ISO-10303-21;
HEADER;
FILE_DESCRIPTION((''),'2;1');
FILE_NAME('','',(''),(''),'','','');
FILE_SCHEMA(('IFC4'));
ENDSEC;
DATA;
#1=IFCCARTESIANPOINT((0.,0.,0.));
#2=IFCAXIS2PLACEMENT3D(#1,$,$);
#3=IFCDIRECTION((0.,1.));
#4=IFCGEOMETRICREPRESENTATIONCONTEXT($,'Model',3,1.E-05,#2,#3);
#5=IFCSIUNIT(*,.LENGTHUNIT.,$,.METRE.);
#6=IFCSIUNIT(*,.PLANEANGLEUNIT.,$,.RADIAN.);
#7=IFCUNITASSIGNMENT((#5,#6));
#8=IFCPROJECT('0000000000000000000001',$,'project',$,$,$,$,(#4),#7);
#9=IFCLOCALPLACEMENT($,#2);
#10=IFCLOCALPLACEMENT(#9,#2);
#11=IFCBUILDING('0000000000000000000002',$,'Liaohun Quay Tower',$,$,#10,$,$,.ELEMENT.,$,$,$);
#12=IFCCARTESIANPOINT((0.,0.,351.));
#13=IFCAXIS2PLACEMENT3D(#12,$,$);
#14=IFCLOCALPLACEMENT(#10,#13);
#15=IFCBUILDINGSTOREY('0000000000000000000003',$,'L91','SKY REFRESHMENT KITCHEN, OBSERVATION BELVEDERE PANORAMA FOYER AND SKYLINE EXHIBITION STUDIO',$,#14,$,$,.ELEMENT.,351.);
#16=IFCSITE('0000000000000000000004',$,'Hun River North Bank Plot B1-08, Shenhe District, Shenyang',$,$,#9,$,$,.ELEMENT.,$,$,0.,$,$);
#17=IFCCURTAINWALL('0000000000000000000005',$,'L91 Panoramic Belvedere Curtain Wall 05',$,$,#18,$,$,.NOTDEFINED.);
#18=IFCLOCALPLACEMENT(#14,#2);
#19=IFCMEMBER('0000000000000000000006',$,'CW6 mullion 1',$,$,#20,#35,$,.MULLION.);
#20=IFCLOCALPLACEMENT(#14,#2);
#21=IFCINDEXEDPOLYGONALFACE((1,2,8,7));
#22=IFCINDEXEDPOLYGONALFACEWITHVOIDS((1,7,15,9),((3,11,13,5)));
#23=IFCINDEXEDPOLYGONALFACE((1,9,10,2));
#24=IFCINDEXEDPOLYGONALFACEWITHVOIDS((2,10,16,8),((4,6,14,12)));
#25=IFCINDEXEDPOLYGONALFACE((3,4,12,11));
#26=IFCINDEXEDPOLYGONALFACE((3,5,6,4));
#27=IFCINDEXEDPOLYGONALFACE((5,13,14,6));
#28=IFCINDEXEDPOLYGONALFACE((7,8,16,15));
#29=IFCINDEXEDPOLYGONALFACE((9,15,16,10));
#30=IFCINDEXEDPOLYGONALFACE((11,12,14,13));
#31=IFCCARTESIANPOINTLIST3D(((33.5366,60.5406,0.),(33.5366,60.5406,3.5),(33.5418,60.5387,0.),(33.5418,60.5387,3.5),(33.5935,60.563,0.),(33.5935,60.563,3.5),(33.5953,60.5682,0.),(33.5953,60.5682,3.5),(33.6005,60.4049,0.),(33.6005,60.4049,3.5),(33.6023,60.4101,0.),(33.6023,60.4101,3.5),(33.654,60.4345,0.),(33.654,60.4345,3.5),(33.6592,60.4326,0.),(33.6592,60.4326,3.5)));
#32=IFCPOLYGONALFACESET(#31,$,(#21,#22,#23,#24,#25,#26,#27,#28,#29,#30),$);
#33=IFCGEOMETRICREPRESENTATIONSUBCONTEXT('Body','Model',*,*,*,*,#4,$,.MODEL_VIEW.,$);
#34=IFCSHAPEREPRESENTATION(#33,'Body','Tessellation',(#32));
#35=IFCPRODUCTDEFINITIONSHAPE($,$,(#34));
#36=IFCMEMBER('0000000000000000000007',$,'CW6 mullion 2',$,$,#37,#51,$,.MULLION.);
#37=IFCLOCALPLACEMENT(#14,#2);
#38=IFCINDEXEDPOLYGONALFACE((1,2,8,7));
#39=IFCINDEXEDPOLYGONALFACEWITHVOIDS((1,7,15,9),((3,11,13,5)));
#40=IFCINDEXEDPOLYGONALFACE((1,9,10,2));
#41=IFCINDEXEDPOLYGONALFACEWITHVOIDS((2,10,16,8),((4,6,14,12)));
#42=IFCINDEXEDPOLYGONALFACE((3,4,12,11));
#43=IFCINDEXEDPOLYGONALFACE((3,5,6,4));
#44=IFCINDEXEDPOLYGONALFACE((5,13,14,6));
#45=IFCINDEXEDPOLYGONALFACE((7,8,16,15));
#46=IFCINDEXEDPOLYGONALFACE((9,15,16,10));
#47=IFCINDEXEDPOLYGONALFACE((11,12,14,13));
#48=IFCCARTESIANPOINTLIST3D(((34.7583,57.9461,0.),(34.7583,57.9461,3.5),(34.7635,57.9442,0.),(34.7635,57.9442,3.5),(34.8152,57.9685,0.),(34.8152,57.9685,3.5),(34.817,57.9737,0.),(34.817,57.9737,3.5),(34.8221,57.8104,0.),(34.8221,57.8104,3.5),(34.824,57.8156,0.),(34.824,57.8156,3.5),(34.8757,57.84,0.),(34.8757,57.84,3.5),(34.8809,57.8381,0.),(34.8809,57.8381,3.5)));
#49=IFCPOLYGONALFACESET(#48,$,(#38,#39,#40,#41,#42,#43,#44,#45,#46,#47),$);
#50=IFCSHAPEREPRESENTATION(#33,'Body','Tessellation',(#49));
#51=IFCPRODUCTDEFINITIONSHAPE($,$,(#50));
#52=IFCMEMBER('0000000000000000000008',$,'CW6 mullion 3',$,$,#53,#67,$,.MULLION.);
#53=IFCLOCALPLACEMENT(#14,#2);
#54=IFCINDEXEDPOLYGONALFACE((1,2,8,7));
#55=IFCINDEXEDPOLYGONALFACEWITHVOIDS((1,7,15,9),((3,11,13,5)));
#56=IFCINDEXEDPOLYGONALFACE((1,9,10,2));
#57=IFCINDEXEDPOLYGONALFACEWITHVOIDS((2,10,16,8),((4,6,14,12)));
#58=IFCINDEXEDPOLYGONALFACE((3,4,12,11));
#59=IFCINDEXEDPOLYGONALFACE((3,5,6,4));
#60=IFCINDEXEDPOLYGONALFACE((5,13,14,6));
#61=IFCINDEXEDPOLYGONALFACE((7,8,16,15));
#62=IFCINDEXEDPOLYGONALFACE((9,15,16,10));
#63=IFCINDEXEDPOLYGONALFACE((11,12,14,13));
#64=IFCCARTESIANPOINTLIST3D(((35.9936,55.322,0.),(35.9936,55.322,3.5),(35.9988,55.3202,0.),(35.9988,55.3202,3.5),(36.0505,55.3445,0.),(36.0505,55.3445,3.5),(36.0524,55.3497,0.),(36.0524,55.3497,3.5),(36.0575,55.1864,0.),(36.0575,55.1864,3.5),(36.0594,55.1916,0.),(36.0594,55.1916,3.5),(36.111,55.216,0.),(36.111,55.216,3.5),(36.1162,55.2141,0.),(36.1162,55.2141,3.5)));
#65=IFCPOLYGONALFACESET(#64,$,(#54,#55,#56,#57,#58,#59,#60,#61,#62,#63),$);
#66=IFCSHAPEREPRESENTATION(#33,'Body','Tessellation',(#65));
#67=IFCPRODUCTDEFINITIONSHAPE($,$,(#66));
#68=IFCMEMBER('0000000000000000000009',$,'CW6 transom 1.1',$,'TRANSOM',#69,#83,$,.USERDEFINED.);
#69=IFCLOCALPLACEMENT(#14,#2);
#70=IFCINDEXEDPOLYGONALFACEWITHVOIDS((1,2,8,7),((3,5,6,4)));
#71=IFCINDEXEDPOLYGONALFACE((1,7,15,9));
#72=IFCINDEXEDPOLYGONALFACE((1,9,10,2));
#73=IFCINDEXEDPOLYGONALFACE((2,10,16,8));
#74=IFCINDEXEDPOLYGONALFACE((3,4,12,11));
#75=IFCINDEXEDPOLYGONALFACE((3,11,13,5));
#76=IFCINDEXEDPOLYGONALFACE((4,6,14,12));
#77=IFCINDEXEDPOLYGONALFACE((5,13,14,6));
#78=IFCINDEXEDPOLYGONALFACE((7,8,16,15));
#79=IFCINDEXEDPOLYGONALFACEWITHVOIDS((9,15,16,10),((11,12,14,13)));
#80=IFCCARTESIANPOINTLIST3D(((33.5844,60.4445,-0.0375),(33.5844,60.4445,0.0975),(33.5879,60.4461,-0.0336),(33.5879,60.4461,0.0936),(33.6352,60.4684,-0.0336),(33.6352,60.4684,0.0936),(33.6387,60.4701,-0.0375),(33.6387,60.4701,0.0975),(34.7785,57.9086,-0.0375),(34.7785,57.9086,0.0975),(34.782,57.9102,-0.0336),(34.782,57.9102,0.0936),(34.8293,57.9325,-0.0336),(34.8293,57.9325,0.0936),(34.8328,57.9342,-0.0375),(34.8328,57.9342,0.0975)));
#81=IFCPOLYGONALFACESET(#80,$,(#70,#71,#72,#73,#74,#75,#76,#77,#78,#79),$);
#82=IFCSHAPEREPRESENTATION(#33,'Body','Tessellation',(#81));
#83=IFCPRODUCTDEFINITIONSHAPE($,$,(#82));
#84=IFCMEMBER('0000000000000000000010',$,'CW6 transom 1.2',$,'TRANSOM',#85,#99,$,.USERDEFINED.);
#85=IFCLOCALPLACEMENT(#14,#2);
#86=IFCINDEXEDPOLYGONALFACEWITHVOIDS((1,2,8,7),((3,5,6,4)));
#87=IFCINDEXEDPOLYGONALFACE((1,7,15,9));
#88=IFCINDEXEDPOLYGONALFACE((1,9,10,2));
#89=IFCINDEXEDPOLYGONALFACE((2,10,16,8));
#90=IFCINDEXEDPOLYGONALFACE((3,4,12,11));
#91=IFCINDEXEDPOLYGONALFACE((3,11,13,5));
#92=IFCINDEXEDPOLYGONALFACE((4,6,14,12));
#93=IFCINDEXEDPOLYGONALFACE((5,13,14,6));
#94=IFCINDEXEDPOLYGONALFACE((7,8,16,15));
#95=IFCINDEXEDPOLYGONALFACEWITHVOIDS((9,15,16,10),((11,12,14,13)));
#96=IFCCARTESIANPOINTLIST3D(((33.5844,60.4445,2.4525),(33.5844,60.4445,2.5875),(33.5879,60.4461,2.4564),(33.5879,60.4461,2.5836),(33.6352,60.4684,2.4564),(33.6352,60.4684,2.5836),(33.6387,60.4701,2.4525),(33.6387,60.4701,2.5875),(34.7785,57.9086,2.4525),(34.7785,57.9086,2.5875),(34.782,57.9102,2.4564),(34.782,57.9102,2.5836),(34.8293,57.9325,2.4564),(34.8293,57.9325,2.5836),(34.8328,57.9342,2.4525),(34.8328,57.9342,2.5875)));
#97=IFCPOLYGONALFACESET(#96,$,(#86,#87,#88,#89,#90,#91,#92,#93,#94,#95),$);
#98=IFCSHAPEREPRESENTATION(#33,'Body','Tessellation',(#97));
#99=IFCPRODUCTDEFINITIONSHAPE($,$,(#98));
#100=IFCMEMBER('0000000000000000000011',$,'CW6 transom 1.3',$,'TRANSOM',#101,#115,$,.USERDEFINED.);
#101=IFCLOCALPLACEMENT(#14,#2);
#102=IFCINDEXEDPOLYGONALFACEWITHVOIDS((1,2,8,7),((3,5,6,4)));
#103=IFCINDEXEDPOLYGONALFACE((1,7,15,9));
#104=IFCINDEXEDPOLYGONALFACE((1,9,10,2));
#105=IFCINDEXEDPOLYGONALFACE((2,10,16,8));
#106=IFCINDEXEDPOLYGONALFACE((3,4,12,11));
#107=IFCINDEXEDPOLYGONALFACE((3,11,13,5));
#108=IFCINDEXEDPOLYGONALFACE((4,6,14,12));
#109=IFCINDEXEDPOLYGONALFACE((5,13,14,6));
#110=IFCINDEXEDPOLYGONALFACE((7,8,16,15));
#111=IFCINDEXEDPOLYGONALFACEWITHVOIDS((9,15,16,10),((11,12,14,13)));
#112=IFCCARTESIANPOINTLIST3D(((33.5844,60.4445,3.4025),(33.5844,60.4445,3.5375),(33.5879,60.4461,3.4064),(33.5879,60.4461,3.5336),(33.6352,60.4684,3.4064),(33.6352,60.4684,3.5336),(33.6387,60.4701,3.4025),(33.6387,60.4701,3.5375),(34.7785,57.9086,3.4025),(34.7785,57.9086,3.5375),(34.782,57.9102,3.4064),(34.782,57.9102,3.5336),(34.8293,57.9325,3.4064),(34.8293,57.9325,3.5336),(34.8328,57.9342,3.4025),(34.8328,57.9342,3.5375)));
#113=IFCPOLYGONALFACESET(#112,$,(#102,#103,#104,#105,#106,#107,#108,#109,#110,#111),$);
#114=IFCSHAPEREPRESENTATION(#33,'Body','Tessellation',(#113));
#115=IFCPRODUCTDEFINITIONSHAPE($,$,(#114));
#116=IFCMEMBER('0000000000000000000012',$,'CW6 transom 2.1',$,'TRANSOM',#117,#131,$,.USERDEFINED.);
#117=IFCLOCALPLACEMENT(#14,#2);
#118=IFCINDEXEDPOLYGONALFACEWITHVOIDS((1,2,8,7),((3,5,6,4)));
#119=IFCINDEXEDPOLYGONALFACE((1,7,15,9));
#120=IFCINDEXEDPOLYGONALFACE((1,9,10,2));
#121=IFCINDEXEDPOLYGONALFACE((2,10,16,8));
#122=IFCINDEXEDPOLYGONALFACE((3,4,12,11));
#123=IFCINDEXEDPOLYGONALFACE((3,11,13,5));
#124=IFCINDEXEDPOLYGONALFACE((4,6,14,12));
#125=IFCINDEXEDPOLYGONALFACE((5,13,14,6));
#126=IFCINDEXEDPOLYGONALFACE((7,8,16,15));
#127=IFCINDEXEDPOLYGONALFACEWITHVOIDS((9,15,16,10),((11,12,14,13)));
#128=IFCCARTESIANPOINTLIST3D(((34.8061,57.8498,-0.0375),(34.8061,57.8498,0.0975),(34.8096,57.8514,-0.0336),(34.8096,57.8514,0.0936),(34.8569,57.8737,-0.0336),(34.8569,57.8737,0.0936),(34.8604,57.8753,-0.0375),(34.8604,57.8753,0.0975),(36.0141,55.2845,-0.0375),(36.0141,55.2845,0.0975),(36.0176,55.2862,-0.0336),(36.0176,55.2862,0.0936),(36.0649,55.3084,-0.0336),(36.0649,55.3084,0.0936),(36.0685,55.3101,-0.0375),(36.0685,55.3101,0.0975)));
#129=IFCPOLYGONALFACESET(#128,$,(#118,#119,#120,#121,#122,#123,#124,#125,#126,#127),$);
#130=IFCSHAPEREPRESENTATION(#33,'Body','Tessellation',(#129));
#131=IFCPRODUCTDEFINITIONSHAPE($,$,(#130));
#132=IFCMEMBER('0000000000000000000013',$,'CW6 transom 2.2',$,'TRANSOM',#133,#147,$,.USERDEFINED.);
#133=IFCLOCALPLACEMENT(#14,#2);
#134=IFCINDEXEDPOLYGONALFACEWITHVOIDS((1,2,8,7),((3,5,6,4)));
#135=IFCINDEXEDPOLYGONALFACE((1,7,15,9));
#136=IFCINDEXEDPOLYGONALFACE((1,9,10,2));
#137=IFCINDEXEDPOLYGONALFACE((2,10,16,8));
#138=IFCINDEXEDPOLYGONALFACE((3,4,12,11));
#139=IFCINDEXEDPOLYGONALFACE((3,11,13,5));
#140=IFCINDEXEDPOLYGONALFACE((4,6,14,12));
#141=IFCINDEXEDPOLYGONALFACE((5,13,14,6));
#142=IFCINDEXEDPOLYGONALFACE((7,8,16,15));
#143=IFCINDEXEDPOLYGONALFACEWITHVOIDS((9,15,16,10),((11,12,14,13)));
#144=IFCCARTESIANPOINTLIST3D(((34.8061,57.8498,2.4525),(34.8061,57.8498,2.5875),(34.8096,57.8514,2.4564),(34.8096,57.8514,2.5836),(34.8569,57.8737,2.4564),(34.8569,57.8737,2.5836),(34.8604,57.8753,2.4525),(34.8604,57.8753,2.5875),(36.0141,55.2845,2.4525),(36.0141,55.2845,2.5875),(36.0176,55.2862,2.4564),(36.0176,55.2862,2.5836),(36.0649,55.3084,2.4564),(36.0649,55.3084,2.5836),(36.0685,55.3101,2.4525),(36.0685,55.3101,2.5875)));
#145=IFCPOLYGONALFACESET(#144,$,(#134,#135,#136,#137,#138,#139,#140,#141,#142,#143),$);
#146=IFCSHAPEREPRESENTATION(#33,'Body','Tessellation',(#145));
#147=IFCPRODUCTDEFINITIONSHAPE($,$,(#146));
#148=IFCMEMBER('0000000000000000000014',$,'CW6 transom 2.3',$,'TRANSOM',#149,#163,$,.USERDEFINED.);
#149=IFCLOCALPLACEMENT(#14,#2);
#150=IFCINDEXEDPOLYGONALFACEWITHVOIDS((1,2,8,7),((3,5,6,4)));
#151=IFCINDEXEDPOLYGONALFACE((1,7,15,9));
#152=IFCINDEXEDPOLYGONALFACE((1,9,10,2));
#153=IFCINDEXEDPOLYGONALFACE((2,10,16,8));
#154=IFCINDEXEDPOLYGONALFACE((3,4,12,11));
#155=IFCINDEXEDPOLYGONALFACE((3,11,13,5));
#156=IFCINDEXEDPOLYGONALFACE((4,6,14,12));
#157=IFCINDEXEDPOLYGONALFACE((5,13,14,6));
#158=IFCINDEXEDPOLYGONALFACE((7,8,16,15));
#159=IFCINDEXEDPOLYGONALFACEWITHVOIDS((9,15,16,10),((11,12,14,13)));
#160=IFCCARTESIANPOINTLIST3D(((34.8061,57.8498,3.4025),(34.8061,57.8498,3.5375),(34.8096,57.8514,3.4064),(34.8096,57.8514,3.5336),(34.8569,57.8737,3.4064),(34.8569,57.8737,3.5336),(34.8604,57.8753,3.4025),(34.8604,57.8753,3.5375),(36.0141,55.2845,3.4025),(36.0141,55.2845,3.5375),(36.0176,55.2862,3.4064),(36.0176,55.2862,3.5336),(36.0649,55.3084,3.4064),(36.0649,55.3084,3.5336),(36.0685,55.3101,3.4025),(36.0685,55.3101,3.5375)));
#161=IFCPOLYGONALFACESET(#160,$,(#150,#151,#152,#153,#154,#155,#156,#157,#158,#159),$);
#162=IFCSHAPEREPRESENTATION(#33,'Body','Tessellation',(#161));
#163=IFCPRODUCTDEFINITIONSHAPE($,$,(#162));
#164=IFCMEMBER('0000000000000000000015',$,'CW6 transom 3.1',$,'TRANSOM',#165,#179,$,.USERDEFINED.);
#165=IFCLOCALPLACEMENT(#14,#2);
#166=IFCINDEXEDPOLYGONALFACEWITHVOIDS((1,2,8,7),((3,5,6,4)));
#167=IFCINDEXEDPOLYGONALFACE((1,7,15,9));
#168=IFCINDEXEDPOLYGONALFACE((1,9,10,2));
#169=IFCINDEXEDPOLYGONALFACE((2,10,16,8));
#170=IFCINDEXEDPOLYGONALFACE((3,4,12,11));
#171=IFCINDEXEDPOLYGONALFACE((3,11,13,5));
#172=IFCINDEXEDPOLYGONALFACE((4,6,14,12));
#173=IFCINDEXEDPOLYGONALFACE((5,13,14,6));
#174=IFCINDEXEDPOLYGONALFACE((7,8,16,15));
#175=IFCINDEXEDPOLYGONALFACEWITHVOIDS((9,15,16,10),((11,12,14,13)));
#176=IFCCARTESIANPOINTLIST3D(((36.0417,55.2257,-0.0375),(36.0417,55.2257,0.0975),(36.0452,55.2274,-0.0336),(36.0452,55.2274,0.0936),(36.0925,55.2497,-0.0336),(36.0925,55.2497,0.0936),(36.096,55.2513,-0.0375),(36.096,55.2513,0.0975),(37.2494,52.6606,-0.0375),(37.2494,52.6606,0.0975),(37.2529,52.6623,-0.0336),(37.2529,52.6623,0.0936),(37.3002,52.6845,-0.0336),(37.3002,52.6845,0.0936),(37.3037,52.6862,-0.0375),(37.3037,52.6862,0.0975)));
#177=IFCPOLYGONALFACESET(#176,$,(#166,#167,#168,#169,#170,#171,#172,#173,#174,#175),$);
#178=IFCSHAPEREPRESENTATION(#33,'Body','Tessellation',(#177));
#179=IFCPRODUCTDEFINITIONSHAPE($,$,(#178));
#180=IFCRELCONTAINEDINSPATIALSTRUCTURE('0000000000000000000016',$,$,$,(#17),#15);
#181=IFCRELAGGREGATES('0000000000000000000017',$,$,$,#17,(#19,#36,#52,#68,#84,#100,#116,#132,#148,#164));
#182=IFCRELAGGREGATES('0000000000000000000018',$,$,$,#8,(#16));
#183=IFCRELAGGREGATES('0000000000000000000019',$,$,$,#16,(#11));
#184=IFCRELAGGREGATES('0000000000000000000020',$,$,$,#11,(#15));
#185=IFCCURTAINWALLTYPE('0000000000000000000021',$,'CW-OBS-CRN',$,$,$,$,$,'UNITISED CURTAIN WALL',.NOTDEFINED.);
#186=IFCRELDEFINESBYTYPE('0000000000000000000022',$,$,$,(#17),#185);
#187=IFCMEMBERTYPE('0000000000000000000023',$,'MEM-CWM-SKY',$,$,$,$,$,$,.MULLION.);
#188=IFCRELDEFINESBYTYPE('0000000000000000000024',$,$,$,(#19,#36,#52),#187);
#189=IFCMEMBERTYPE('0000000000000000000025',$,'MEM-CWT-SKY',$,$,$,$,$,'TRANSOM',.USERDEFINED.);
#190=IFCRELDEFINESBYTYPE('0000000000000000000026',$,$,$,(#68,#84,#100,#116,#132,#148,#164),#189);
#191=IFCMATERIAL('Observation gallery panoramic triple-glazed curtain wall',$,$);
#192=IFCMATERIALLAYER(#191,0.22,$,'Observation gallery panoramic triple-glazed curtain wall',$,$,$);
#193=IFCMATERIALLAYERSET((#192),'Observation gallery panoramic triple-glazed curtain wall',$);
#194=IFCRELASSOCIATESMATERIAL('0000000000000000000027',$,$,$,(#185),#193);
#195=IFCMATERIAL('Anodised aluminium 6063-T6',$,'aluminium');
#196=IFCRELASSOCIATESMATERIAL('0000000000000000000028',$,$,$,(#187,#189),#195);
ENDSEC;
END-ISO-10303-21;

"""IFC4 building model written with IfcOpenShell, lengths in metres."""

from ifc_helpers import new_model, si_unit, direction, frame, origin, origin_2d, place, context, subcontext, project, spatial, hollow_rectangle, extrude, source, transform, mapped, material, layer, layer_set, material_profile, profile_set, type_object, element, aggregate, save


model = new_model("IFC4")

# Units and contexts
model_context = context("Model", 3, precision=1e-05, world=origin(), true_north=direction((0.0, 1.0)))
body_context = subcontext(model_context, "Body", "Model", "MODEL_VIEW")
ifc_project = project(units=[si_unit("LENGTHUNIT", "METRE"), si_unit("PLANEANGLEUNIT", "RADIAN")], contexts=[model_context])

# Site, building, storey
site_placement = place(None, origin())
site = spatial("IfcSite", under=ifc_project, at=site_placement, Name="Hun River North Bank Plot B1-08, Shenhe District, Shenyang", CompositionType="ELEMENT", RefElevation=0.0)
building_placement = place(site_placement, origin())
building = spatial("IfcBuilding", under=site, at=building_placement, Name="Liaohun Quay Tower", CompositionType="ELEMENT")
storey_placement = place(building_placement, frame((0.0, 0.0, 351.0)))
storey = spatial("IfcBuildingStorey", under=building, at=storey_placement, Name="L91", Description="SKY REFRESHMENT KITCHEN, OBSERVATION BELVEDERE PANORAMA FOYER AND SKYLINE EXHIBITION STUDIO", CompositionType="ELEMENT", Elevation=351.0)

# Curtain wall, members
ifc_material_1 = material(Name="Observation gallery panoramic triple-glazed curtain wall")
ifc_layer_1 = layer(ifc_material_1, 0.22, Name="Observation gallery panoramic triple-glazed curtain wall")
ifc_layer_set_1 = layer_set([ifc_layer_1], Name="Observation gallery panoramic triple-glazed curtain wall")
curtain_wall_type = type_object("IfcCurtainWallType", Name="CW-OBS-CRN", ElementType="UNITISED CURTAIN WALL", PredefinedType="NOTDEFINED", material=ifc_layer_set_1)
curtain_wall_placement = place(storey_placement, origin())
curtain_wall = element("IfcCurtainWall", 1, at=curtain_wall_placement, inside=storey, type_object=curtain_wall_type, Name="L91 Panoramic Belvedere Curtain Wall 05", PredefinedType="NOTDEFINED")
ifc_material_2 = material(Name="Anodised aluminium 6063-T6", Category="aluminium")
ifc_material_profile_1 = material_profile(ifc_material_2, hollow_rectangle(XDim=0.0649, YDim=0.1499, WallThickness=0.0039, at=origin_2d()), Name="RHS150x65x4")
ifc_profile_set_1 = profile_set([ifc_material_profile_1], Name="Anodised aluminium 6063-T6")
member_type_1 = type_object("IfcMemberType", Name="MEM-CWM-SKY", PredefinedType="MULLION", material=ifc_profile_set_1)
shared_shape_1 = source(origin(), body_context, "Body", "SweptSolid", [
    extrude(hollow_rectangle(XDim=0.0649, YDim=0.1499, WallThickness=0.0039, at=origin_2d()), origin(), (0.0, 0.0, 1.0), 3.5),
])
member_1_placement = place(storey_placement, frame((33.5979, 60.4866, 0.0), z_axis=(0.0, 0.0, 1.0), x_axis=(0.904729, 0.425988, 0.0)))
member_1 = element("IfcMember", 2, at=member_1_placement, type_object=member_type_1, Name="CW6 mullion 1", PredefinedType="MULLION", context=body_context, shape_type="MappedRepresentation", body=[
    mapped(shared_shape_1, transform((0.0, 0.0, 0.0), x_axis=(1.0, 0.0, 0.0), y_axis=(0.0, 1.0, 0.0), z_axis=(0.0, 0.0, 1.0), scale=1.0)),
])
member_2_placement = place(storey_placement, frame((34.8196, 57.8921, 0.0), z_axis=(0.0, 0.0, 1.0), x_axis=(0.904729, 0.425988, 0.0)))
member_2 = element("IfcMember", 3, at=member_2_placement, type_object=member_type_1, Name="CW6 mullion 2", PredefinedType="MULLION", context=body_context, shape_type="MappedRepresentation", body=[
    mapped(shared_shape_1, transform((0.0, 0.0, 0.0), x_axis=(1.0, 0.0, 0.0), y_axis=(0.0, 1.0, 0.0), z_axis=(0.0, 0.0, 1.0), scale=1.0)),
])
member_3_placement = place(storey_placement, frame((36.0549, 55.2681, 0.0), z_axis=(0.0, 0.0, 1.0), x_axis=(0.904729, 0.425988, 0.0)))
member_3 = element("IfcMember", 4, at=member_3_placement, type_object=member_type_1, Name="CW6 mullion 3", PredefinedType="MULLION", context=body_context, shape_type="MappedRepresentation", body=[
    mapped(shared_shape_1, transform((0.0, 0.0, 0.0), x_axis=(1.0, 0.0, 0.0), y_axis=(0.0, 1.0, 0.0), z_axis=(0.0, 0.0, 1.0), scale=1.0)),
])
ifc_material_profile_2 = material_profile(ifc_material_2, hollow_rectangle(XDim=0.0601, YDim=0.135, WallThickness=0.0039, at=origin_2d()), Name="RHS135x60x4")
ifc_profile_set_2 = profile_set([ifc_material_profile_2], Name="Anodised aluminium 6063-T6")
member_type_2 = type_object("IfcMemberType", Name="MEM-CWT-SKY", ElementType="TRANSOM", PredefinedType="USERDEFINED", material=ifc_profile_set_2)
shared_shape_2 = source(origin(), body_context, "Body", "SweptSolid", [
    extrude(hollow_rectangle(XDim=0.0601, YDim=0.135, WallThickness=0.0039, at=origin_2d()), origin(), (0.0, 0.0, 1.0), 2.803),
])
member_4_placement = place(storey_placement, frame((33.6116, 60.4573, 0.03), z_axis=(0.426011, -0.904718, 0.0), x_axis=(0.904718, 0.426011, 0.0)))
member_4 = element("IfcMember", 5, at=member_4_placement, type_object=member_type_2, Name="CW6 transom 1.1", ObjectType="TRANSOM", PredefinedType="USERDEFINED", context=body_context, shape_type="MappedRepresentation", body=[
    mapped(shared_shape_2, transform((0.0, 0.0, 0.0), x_axis=(1.0, 0.0, 0.0), y_axis=(0.0, 1.0, 0.0), z_axis=(0.0, 0.0, 1.0), scale=1.0)),
])
member_5_placement = place(storey_placement, frame((33.6116, 60.4573, 2.52), z_axis=(0.426011, -0.904718, 0.0), x_axis=(0.904718, 0.426011, 0.0)))
member_5 = element("IfcMember", 6, at=member_5_placement, type_object=member_type_2, Name="CW6 transom 1.2", ObjectType="TRANSOM", PredefinedType="USERDEFINED", context=body_context, shape_type="MappedRepresentation", body=[
    mapped(shared_shape_2, transform((0.0, 0.0, 0.0), x_axis=(1.0, 0.0, 0.0), y_axis=(0.0, 1.0, 0.0), z_axis=(0.0, 0.0, 1.0), scale=1.0)),
])
member_6_placement = place(storey_placement, frame((33.6116, 60.4573, 3.47), z_axis=(0.426011, -0.904718, 0.0), x_axis=(0.904718, 0.426011, 0.0)))
member_6 = element("IfcMember", 7, at=member_6_placement, type_object=member_type_2, Name="CW6 transom 1.3", ObjectType="TRANSOM", PredefinedType="USERDEFINED", context=body_context, shape_type="MappedRepresentation", body=[
    mapped(shared_shape_2, transform((0.0, 0.0, 0.0), x_axis=(1.0, 0.0, 0.0), y_axis=(0.0, 1.0, 0.0), z_axis=(0.0, 0.0, 1.0), scale=1.0)),
])
shared_shape_3 = source(origin(), body_context, "Body", "SweptSolid", [
    extrude(hollow_rectangle(XDim=0.0601, YDim=0.135, WallThickness=0.0039, at=origin_2d()), origin(), (0.0, 0.0, 1.0), 2.8354),
])
member_7_placement = place(storey_placement, frame((34.8333, 57.8625, 0.03), z_axis=(0.426046, -0.904702, 0.0), x_axis=(0.904702, 0.426046, 0.0)))
member_7 = element("IfcMember", 8, at=member_7_placement, type_object=member_type_2, Name="CW6 transom 2.1", ObjectType="TRANSOM", PredefinedType="USERDEFINED", context=body_context, shape_type="MappedRepresentation", body=[
    mapped(shared_shape_3, transform((0.0, 0.0, 0.0), x_axis=(1.0, 0.0, 0.0), y_axis=(0.0, 1.0, 0.0), z_axis=(0.0, 0.0, 1.0), scale=1.0)),
])
member_8_placement = place(storey_placement, frame((34.8333, 57.8625, 2.52), z_axis=(0.426046, -0.904702, 0.0), x_axis=(0.904702, 0.426046, 0.0)))
member_8 = element("IfcMember", 9, at=member_8_placement, type_object=member_type_2, Name="CW6 transom 2.2", ObjectType="TRANSOM", PredefinedType="USERDEFINED", context=body_context, shape_type="MappedRepresentation", body=[
    mapped(shared_shape_3, transform((0.0, 0.0, 0.0), x_axis=(1.0, 0.0, 0.0), y_axis=(0.0, 1.0, 0.0), z_axis=(0.0, 0.0, 1.0), scale=1.0)),
])
member_9_placement = place(storey_placement, frame((34.8333, 57.8625, 3.47), z_axis=(0.426046, -0.904702, 0.0), x_axis=(0.904702, 0.426046, 0.0)))
member_9 = element("IfcMember", 10, at=member_9_placement, type_object=member_type_2, Name="CW6 transom 2.3", ObjectType="TRANSOM", PredefinedType="USERDEFINED", context=body_context, shape_type="MappedRepresentation", body=[
    mapped(shared_shape_3, transform((0.0, 0.0, 0.0), x_axis=(1.0, 0.0, 0.0), y_axis=(0.0, 1.0, 0.0), z_axis=(0.0, 0.0, 1.0), scale=1.0)),
])
shared_shape_4 = source(origin(), body_context, "Body", "SweptSolid", [
    extrude(hollow_rectangle(XDim=0.0601, YDim=0.135, WallThickness=0.0039, at=origin_2d()), origin(), (0.0, 0.0, 1.0), 2.8352),
])
member_10_placement = place(storey_placement, frame((36.0688, 55.2385, 0.03), z_axis=(0.425975, -0.904735, 0.0), x_axis=(0.904735, 0.425975, 0.0)))
member_10 = element("IfcMember", 11, at=member_10_placement, type_object=member_type_2, Name="CW6 transom 3.1", ObjectType="TRANSOM", PredefinedType="USERDEFINED", context=body_context, shape_type="MappedRepresentation", body=[
    mapped(shared_shape_4, transform((0.0, 0.0, 0.0), x_axis=(1.0, 0.0, 0.0), y_axis=(0.0, 1.0, 0.0), z_axis=(0.0, 0.0, 1.0), scale=1.0)),
])
aggregate(curtain_wall, [member_1, member_2, member_3, member_4, member_5, member_6, member_7, member_8, member_9, member_10])

save(model, "model.ifc")
